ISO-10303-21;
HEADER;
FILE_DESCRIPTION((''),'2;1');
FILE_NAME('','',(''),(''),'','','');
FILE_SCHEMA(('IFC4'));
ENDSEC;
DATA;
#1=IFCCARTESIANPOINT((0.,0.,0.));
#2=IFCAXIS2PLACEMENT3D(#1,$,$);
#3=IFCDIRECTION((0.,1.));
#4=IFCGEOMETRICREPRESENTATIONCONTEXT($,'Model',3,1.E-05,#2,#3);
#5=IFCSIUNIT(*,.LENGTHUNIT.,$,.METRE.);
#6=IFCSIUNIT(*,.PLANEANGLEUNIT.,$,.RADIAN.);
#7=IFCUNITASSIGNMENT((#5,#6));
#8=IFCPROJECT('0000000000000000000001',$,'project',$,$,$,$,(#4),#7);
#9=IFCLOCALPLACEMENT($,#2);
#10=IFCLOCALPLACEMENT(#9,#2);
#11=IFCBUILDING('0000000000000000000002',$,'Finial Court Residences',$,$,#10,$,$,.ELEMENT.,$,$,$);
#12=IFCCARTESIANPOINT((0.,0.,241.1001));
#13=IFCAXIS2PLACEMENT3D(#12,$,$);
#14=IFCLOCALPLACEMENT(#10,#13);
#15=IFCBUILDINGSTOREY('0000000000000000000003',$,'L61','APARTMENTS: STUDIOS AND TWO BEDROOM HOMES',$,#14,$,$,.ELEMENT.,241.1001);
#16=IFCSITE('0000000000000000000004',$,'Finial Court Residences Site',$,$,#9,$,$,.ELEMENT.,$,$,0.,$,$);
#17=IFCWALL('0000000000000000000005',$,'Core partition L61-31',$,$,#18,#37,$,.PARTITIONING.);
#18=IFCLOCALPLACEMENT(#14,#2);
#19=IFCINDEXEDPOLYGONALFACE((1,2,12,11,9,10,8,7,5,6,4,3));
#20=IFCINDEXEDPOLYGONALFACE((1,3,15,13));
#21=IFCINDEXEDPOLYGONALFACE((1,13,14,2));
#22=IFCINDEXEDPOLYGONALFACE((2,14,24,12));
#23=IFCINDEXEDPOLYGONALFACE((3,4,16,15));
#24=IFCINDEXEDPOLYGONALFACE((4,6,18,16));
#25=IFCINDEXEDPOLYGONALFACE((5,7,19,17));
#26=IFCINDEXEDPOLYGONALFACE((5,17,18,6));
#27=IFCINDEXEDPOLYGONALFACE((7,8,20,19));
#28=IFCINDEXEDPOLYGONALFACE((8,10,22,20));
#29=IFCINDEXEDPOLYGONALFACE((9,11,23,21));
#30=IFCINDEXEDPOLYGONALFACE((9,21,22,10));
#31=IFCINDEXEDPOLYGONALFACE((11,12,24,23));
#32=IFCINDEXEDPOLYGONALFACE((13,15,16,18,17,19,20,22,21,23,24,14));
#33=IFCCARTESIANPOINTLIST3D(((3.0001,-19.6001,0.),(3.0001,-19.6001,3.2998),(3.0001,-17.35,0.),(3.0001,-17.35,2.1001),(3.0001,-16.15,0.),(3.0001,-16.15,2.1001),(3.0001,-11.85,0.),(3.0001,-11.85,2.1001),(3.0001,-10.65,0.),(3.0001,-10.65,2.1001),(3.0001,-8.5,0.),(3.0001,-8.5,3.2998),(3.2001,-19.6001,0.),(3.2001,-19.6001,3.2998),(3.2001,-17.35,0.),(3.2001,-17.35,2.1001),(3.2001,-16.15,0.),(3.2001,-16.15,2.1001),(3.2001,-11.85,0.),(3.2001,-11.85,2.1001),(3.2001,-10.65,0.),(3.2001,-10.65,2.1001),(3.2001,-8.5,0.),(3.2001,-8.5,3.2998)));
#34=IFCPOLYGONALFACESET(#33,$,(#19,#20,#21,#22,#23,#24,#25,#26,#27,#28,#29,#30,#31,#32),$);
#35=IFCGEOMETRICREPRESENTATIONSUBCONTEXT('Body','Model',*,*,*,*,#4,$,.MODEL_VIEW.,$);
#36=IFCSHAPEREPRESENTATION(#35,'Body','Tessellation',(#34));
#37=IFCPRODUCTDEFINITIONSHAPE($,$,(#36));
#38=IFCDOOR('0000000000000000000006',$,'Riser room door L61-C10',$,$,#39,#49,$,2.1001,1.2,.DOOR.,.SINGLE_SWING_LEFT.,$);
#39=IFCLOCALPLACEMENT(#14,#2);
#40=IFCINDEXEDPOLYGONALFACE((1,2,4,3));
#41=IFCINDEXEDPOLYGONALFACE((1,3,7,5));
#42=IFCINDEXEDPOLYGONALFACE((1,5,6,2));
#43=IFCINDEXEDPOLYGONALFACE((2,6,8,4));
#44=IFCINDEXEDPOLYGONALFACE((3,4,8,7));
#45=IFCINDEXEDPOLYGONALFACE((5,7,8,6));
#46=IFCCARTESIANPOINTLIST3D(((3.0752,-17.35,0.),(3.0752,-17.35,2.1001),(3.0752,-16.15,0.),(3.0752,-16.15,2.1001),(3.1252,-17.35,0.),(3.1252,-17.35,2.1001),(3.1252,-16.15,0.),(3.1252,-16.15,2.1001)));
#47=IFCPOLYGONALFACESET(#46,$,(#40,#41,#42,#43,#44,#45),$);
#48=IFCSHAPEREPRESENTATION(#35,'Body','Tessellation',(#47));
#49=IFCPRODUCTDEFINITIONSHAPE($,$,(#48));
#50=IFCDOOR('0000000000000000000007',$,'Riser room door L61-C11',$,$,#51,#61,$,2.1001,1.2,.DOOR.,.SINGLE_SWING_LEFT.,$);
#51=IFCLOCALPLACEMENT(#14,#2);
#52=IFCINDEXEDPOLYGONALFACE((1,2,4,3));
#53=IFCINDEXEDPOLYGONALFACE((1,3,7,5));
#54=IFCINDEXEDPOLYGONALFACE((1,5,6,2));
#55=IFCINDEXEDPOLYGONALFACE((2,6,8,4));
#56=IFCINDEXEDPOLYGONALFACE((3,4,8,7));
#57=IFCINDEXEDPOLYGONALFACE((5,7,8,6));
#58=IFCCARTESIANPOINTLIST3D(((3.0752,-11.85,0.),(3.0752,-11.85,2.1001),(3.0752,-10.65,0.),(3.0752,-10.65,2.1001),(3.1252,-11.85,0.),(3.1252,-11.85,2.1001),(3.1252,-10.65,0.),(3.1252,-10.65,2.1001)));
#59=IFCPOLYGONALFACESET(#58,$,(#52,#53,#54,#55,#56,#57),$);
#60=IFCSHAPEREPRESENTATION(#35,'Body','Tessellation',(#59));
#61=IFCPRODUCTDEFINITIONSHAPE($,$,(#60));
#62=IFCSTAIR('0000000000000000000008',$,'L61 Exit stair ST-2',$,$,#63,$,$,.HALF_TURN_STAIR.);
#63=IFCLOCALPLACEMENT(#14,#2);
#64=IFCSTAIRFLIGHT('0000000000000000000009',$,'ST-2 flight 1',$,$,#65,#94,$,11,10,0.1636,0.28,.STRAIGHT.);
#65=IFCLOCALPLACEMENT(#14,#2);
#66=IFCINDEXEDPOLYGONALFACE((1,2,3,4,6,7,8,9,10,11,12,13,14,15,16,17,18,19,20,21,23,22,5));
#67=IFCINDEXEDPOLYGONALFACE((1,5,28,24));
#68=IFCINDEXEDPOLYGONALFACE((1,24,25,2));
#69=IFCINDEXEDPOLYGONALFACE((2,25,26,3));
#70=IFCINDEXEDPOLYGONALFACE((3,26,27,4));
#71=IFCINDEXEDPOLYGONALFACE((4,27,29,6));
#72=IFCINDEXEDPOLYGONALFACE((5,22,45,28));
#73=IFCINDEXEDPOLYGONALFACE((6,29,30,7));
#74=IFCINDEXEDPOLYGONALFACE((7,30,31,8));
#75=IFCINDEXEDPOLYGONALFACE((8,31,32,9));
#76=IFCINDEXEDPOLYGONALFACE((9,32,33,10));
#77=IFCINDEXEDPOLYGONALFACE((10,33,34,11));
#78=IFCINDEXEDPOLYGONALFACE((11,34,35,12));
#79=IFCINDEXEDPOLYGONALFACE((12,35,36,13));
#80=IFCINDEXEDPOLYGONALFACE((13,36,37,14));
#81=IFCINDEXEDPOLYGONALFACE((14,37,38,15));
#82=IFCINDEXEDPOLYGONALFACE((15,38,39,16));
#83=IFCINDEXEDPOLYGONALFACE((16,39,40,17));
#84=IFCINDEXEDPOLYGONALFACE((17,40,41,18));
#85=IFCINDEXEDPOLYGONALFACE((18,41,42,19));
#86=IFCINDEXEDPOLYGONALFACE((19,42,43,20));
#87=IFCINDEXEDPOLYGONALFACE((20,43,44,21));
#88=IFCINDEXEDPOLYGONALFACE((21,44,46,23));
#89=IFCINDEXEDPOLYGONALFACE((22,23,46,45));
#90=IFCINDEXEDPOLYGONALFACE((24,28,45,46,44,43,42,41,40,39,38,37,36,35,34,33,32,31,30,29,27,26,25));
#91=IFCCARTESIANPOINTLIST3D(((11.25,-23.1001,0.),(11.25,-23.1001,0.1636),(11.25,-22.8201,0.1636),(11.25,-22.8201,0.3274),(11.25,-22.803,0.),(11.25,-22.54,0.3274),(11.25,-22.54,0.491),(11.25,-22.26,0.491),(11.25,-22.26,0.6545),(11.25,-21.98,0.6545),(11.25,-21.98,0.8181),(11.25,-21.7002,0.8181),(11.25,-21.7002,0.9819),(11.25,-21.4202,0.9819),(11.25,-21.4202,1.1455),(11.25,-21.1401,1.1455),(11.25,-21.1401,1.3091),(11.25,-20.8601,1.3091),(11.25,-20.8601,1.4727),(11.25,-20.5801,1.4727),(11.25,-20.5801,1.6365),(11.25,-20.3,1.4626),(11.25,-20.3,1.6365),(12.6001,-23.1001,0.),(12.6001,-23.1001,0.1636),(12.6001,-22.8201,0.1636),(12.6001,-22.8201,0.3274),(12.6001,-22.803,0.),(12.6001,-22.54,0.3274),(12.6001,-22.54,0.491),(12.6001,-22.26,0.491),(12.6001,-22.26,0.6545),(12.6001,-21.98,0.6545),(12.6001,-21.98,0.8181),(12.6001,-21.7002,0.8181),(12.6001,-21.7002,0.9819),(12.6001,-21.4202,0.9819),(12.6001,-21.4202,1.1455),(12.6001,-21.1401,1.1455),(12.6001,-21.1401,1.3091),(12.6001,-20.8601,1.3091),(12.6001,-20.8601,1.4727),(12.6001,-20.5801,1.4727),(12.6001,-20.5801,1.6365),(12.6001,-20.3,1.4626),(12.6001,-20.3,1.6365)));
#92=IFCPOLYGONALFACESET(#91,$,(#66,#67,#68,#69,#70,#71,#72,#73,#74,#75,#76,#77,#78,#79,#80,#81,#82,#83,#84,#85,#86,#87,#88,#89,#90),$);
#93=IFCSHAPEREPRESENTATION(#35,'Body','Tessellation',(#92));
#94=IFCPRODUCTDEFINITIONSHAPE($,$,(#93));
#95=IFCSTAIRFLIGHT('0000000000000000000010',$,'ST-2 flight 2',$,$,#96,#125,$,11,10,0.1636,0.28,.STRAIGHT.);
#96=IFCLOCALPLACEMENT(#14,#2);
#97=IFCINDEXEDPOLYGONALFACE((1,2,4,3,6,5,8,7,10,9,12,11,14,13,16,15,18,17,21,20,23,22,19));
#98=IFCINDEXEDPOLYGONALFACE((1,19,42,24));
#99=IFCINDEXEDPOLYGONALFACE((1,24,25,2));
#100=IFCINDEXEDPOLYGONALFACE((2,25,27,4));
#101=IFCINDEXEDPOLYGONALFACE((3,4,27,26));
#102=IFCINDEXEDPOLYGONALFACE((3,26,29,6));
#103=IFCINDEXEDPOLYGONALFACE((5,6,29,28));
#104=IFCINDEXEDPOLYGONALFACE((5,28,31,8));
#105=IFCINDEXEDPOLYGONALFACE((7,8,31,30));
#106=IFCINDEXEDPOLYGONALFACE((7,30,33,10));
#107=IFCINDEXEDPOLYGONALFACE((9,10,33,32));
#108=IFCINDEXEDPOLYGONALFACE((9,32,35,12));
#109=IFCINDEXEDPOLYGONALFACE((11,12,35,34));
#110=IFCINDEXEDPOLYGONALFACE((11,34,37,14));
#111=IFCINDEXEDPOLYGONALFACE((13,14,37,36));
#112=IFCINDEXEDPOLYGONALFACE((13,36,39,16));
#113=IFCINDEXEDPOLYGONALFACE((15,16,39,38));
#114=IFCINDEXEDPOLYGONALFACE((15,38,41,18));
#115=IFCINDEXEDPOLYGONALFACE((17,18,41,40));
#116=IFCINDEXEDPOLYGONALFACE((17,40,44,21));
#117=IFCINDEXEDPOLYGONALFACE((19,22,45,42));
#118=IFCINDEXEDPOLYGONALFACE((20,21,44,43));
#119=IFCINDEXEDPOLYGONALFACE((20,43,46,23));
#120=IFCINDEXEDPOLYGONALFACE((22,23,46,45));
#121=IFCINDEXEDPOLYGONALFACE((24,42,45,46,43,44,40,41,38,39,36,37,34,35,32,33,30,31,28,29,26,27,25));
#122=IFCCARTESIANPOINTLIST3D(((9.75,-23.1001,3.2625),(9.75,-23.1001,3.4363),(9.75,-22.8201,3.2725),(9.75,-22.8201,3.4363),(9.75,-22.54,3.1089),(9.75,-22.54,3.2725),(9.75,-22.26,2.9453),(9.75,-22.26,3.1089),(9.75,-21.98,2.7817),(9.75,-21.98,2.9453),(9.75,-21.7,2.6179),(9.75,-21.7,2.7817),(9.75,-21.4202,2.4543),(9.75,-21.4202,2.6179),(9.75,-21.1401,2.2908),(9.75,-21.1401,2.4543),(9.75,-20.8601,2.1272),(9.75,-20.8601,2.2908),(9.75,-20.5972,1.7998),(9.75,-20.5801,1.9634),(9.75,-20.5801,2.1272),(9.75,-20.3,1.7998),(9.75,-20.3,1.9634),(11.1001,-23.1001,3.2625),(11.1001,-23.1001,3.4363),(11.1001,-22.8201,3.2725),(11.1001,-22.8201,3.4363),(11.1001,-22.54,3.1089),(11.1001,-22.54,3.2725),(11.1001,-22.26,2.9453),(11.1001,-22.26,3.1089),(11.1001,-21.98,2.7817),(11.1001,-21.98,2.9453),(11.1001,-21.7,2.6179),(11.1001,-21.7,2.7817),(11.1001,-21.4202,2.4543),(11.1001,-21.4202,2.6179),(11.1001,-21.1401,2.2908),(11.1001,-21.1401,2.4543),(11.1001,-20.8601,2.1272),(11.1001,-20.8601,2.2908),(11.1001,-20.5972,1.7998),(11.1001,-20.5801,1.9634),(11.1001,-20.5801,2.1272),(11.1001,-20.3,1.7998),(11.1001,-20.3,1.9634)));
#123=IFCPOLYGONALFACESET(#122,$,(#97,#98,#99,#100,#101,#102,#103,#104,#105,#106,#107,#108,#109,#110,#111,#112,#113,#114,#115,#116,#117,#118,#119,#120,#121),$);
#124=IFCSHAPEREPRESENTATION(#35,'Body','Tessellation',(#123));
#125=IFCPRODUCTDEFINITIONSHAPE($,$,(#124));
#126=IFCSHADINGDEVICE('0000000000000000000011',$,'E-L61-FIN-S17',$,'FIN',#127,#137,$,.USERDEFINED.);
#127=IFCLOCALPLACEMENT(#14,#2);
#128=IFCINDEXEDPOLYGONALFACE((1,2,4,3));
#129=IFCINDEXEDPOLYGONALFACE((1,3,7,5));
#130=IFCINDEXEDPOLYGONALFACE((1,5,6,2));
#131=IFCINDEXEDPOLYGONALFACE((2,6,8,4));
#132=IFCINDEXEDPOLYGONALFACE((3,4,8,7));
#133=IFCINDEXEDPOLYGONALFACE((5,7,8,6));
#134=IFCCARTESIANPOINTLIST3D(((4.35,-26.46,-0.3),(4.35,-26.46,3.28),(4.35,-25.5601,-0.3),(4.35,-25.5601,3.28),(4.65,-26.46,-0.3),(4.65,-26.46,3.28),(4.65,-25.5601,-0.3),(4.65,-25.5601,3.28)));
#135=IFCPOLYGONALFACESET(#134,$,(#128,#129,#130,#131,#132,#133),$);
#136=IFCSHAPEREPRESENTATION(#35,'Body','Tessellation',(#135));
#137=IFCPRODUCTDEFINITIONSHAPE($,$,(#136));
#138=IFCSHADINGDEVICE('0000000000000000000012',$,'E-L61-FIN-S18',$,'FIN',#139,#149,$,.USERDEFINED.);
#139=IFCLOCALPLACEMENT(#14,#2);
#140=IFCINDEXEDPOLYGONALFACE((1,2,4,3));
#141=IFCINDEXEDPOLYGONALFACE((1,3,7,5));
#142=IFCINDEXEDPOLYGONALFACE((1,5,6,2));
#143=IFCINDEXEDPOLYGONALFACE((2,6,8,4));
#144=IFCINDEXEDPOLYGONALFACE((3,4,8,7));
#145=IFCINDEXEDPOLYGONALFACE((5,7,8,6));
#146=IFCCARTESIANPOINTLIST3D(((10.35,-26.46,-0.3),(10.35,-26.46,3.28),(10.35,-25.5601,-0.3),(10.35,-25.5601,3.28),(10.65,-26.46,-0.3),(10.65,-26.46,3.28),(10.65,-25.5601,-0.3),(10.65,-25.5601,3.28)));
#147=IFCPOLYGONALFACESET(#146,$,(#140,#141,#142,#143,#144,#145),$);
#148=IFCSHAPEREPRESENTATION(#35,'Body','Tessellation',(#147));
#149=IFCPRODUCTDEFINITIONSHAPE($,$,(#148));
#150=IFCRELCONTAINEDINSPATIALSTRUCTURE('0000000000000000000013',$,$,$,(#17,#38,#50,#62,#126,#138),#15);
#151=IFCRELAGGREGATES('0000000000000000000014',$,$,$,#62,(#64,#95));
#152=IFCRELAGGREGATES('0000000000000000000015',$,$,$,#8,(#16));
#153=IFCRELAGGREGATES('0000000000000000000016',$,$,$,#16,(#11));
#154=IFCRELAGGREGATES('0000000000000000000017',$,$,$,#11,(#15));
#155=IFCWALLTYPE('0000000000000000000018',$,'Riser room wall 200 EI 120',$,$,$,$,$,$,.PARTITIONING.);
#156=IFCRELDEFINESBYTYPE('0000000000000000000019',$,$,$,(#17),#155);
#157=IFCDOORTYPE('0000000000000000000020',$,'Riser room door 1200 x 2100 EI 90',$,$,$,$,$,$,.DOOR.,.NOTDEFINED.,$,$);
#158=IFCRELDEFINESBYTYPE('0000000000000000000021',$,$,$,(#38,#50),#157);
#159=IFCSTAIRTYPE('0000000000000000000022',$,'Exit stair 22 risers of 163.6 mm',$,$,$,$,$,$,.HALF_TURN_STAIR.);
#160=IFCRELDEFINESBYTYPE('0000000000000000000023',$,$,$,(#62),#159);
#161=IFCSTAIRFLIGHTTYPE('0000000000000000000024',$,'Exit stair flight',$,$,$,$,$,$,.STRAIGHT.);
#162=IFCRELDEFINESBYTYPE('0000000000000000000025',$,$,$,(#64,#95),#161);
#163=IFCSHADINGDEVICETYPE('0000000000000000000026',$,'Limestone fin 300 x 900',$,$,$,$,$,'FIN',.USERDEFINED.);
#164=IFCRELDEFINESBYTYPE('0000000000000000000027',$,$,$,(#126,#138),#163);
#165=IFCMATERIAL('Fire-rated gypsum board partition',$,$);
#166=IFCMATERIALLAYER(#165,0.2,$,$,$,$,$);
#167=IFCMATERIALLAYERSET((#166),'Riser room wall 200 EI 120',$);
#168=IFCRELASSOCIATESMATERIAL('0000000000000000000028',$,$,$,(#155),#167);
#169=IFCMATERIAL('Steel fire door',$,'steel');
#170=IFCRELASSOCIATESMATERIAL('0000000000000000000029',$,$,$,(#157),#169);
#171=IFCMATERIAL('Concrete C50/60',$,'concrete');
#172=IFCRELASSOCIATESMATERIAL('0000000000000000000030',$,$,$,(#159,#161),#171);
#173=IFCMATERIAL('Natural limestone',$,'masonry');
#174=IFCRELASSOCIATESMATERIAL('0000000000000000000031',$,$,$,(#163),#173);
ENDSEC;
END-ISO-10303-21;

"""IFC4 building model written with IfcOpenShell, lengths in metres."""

from ifc_helpers import new_model, si_unit, direction, frame, frame_2d, origin, origin_2d, place, context, subcontext, project, spatial, polyline, rectangle, outline, extrude, material, layer, layer_set, type_object, element, fill, aggregate, save


model = new_model("IFC4")

# Units and contexts
model_context = context("Model", 3, precision=1e-05, world=origin(), true_north=direction((0.0, 1.0)))
body_context = subcontext(model_context, "Body", "Model", "MODEL_VIEW")
ifc_project = project(units=[si_unit("LENGTHUNIT", "METRE"), si_unit("PLANEANGLEUNIT", "RADIAN")], contexts=[model_context])

# Site, building, storey
site_placement = place(None, origin())
site = spatial("IfcSite", under=ifc_project, at=site_placement, Name="Finial Court Residences Site", CompositionType="ELEMENT", RefElevation=0.0)
building_placement = place(site_placement, origin())
building = spatial("IfcBuilding", under=site, at=building_placement, Name="Finial Court Residences", CompositionType="ELEMENT")
storey_placement = place(building_placement, frame((0.0, 0.0, 241.1001)))
storey = spatial("IfcBuildingStorey", under=building, at=storey_placement, Name="L61", Description="APARTMENTS: STUDIOS AND TWO BEDROOM HOMES", CompositionType="ELEMENT", Elevation=241.1001)

# Shared definitions
ifc_material_1 = material(Name="Fire-rated gypsum board partition")
ifc_material_2 = material(Name="Steel fire door", Category="steel")

# Shared definitions
ifc_layer_1 = layer(ifc_material_1, 0.2)
ifc_layer_set_1 = layer_set([ifc_layer_1], Name="Riser room wall 200 EI 120")
wall_type_1 = type_object("IfcWallType", Name="Riser room wall 200 EI 120", PredefinedType="PARTITIONING", material=ifc_layer_set_1)

# Wall, openings, doors
wall_1_placement = place(storey_placement, frame((3.1001, -19.6001, 0.0), z_axis=(0.0, 0.0, 1.0), x_axis=(0.0, 1.0, 0.0)))
wall_1 = element("IfcWall", 1, at=wall_1_placement, inside=storey, type_object=wall_type_1, Name="Core partition L61-31", PredefinedType="PARTITIONING", context=body_context, shape_type="SweptSolid", body=[
    extrude(rectangle(XDim=11.1001, YDim=0.2, at=frame_2d((5.55, 0.0))), origin(), (0.0, 0.0, 1.0), 3.2998),
])
opening_1_placement = place(wall_1_placement, frame((2.25, 0.0, 0.0)))
opening_1 = element("IfcOpeningElement", 2, at=opening_1_placement, cuts=wall_1, PredefinedType="OPENING", context=body_context, shape_type="SweptSolid", body=[
    extrude(rectangle(XDim=1.2, YDim=2.1001, at=frame_2d((0.6001, 1.05))), frame((0.0, 0.1099, 0.0), z_axis=(0.0, -1.0, 0.0), x_axis=(1.0, 0.0, 0.0)), (0.0, 0.0, 1.0), 0.22),
])
opening_2_placement = place(wall_1_placement, frame((7.75, 0.0, 0.0)))
opening_2 = element("IfcOpeningElement", 3, at=opening_2_placement, cuts=wall_1, PredefinedType="OPENING", context=body_context, shape_type="SweptSolid", body=[
    extrude(rectangle(XDim=1.2, YDim=2.1001, at=frame_2d((0.6001, 1.05))), frame((0.0, 0.1099, 0.0), z_axis=(0.0, -1.0, 0.0), x_axis=(1.0, 0.0, 0.0)), (0.0, 0.0, 1.0), 0.22),
])
door_type_1 = type_object("IfcDoorType", Name="Riser room door 1200 x 2100 EI 90", OperationType="NOTDEFINED", PredefinedType="DOOR", material=ifc_material_2)
door_1_placement = place(opening_1_placement, origin())
door_1 = element("IfcDoor", 4, at=door_1_placement, inside=storey, type_object=door_type_1, Name="Riser room door L61-C10", OperationType="SINGLE_SWING_LEFT", OverallHeight=2.1001, OverallWidth=1.2, PredefinedType="DOOR", context=body_context, shape_type="SweptSolid", body=[
    extrude(rectangle(XDim=1.2, YDim=2.1001, at=frame_2d((0.6001, 1.05))), frame((0.0, 0.0249, 0.0), z_axis=(0.0, -1.0, 0.0), x_axis=(1.0, 0.0, 0.0)), (0.0, 0.0, 1.0), 0.05),
])
fill(opening_1, door_1)
door_2_placement = place(opening_2_placement, origin())
door_2 = element("IfcDoor", 5, at=door_2_placement, inside=storey, type_object=door_type_1, Name="Riser room door L61-C11", OperationType="SINGLE_SWING_LEFT", OverallHeight=2.1001, OverallWidth=1.2, PredefinedType="DOOR", context=body_context, shape_type="SweptSolid", body=[
    extrude(rectangle(XDim=1.2, YDim=2.1001, at=frame_2d((0.6001, 1.05))), frame((0.0, 0.0249, 0.0), z_axis=(0.0, -1.0, 0.0), x_axis=(1.0, 0.0, 0.0)), (0.0, 0.0, 1.0), 0.05),
])
fill(opening_2, door_2)

# Stair, stair flights
ifc_material_3 = material(Name="Concrete C50/60", Category="concrete")
stair_type = type_object("IfcStairType", Name="Exit stair 22 risers of 163.6 mm", PredefinedType="HALF_TURN_STAIR", material=ifc_material_3)
stair_placement = place(storey_placement, origin())
stair = element("IfcStair", 6, at=stair_placement, inside=storey, type_object=stair_type, Name="L61 Exit stair ST-2", PredefinedType="HALF_TURN_STAIR")
stair_flight_type = type_object("IfcStairFlightType", Name="Exit stair flight", PredefinedType="STRAIGHT", material=ifc_material_3)
stair_flight_1_placement = place(storey_placement, frame((11.925, -23.1001, 0.0), z_axis=(0.0, 0.0, 1.0), x_axis=(0.0, 1.0, 0.0)))
stair_flight_1 = element("IfcStairFlight", 7, at=stair_flight_1_placement, type_object=stair_flight_type, Name="ST-2 flight 1", NumberOfRisers=11, NumberOfTreads=10, PredefinedType="STRAIGHT", RiserHeight=0.1636, TreadLength=0.28, context=body_context, shape_type="SweptSolid", body=[
    extrude(outline(polyline([(0.0, 0.0), (0.0, 0.1636), (0.28, 0.1636), (0.28, 0.3274), (0.5601, 0.3274), (0.5601, 0.491), (0.8401, 0.491), (0.8401, 0.6545), (1.1201, 0.6545), (1.1201, 0.8181), (1.3999, 0.8181), (1.3999, 0.9819), (1.6799, 0.9819), (1.6799, 1.1455), (1.96, 1.1455), (1.96, 1.3091), (2.24, 1.3091), (2.24, 1.4727), (2.52, 1.4727), (2.52, 1.6365), (2.8, 1.6365), (2.8, 1.8), (2.8, 1.4626), (0.2971, 0.0), (0.0, 0.0)])), frame((0.0, 0.675, 0.0), z_axis=(0.0, -1.0, 0.0), x_axis=(1.0, 0.0, 0.0)), (0.0, 0.0, 1.0), 1.3501),
])
stair_flight_2_placement = place(storey_placement, frame((10.425, -20.3, 1.7998), z_axis=(0.0, 0.0, 1.0), x_axis=(0.0, -1.0, 0.0)))
stair_flight_2 = element("IfcStairFlight", 8, at=stair_flight_2_placement, type_object=stair_flight_type, Name="ST-2 flight 2", NumberOfRisers=11, NumberOfTreads=10, PredefinedType="STRAIGHT", RiserHeight=0.1636, TreadLength=0.28, context=body_context, shape_type="SweptSolid", body=[
    extrude(outline(polyline([(0.0, 0.0), (0.0, 0.1636), (0.28, 0.1636), (0.28, 0.3274), (0.5601, 0.3274), (0.5601, 0.491), (0.8401, 0.491), (0.8401, 0.6545), (1.1201, 0.6545), (1.1201, 0.8181), (1.3999, 0.8181), (1.3999, 0.9819), (1.6799, 0.9819), (1.6799, 1.1455), (1.96, 1.1455), (1.96, 1.3091), (2.24, 1.3091), (2.24, 1.4727), (2.52, 1.4727), (2.52, 1.6365), (2.8, 1.6365), (2.8, 1.8), (2.8, 1.4626), (0.2971, 0.0), (0.0, 0.0)])), frame((0.0, 0.675, 0.0), z_axis=(0.0, -1.0, 0.0), x_axis=(1.0, 0.0, 0.0)), (0.0, 0.0, 1.0), 1.3501),
])
aggregate(stair, [stair_flight_1, stair_flight_2])

# Shading devices
ifc_material_4 = material(Name="Natural limestone", Category="masonry")
shading_device_type = type_object("IfcShadingDeviceType", Name="Limestone fin 300 x 900", ElementType="FIN", PredefinedType="USERDEFINED", material=ifc_material_4)
for number, where, z_axis, x_axis, name in (
    (9, (4.5, -26.01, -0.3), (0.0, 0.0, 1.0), (1.0, 0.0, 0.0), "E-L61-FIN-S17"),
    (10, (10.5, -26.01, -0.3), (0.0, 0.0, 1.0), (1.0, 0.0, 0.0), "E-L61-FIN-S18"),
):
    element("IfcShadingDevice", number, at=place(storey_placement, frame(where, z_axis=z_axis, x_axis=x_axis)), inside=storey, type_object=shading_device_type, Name=name, ObjectType="FIN", PredefinedType="USERDEFINED", context=body_context, shape_type="SweptSolid", body=[
        extrude(rectangle(XDim=0.3, YDim=0.8999, at=origin_2d()), origin(), (0.0, 0.0, 1.0), 3.5801),
    ])

save(model, "model.ifc")
